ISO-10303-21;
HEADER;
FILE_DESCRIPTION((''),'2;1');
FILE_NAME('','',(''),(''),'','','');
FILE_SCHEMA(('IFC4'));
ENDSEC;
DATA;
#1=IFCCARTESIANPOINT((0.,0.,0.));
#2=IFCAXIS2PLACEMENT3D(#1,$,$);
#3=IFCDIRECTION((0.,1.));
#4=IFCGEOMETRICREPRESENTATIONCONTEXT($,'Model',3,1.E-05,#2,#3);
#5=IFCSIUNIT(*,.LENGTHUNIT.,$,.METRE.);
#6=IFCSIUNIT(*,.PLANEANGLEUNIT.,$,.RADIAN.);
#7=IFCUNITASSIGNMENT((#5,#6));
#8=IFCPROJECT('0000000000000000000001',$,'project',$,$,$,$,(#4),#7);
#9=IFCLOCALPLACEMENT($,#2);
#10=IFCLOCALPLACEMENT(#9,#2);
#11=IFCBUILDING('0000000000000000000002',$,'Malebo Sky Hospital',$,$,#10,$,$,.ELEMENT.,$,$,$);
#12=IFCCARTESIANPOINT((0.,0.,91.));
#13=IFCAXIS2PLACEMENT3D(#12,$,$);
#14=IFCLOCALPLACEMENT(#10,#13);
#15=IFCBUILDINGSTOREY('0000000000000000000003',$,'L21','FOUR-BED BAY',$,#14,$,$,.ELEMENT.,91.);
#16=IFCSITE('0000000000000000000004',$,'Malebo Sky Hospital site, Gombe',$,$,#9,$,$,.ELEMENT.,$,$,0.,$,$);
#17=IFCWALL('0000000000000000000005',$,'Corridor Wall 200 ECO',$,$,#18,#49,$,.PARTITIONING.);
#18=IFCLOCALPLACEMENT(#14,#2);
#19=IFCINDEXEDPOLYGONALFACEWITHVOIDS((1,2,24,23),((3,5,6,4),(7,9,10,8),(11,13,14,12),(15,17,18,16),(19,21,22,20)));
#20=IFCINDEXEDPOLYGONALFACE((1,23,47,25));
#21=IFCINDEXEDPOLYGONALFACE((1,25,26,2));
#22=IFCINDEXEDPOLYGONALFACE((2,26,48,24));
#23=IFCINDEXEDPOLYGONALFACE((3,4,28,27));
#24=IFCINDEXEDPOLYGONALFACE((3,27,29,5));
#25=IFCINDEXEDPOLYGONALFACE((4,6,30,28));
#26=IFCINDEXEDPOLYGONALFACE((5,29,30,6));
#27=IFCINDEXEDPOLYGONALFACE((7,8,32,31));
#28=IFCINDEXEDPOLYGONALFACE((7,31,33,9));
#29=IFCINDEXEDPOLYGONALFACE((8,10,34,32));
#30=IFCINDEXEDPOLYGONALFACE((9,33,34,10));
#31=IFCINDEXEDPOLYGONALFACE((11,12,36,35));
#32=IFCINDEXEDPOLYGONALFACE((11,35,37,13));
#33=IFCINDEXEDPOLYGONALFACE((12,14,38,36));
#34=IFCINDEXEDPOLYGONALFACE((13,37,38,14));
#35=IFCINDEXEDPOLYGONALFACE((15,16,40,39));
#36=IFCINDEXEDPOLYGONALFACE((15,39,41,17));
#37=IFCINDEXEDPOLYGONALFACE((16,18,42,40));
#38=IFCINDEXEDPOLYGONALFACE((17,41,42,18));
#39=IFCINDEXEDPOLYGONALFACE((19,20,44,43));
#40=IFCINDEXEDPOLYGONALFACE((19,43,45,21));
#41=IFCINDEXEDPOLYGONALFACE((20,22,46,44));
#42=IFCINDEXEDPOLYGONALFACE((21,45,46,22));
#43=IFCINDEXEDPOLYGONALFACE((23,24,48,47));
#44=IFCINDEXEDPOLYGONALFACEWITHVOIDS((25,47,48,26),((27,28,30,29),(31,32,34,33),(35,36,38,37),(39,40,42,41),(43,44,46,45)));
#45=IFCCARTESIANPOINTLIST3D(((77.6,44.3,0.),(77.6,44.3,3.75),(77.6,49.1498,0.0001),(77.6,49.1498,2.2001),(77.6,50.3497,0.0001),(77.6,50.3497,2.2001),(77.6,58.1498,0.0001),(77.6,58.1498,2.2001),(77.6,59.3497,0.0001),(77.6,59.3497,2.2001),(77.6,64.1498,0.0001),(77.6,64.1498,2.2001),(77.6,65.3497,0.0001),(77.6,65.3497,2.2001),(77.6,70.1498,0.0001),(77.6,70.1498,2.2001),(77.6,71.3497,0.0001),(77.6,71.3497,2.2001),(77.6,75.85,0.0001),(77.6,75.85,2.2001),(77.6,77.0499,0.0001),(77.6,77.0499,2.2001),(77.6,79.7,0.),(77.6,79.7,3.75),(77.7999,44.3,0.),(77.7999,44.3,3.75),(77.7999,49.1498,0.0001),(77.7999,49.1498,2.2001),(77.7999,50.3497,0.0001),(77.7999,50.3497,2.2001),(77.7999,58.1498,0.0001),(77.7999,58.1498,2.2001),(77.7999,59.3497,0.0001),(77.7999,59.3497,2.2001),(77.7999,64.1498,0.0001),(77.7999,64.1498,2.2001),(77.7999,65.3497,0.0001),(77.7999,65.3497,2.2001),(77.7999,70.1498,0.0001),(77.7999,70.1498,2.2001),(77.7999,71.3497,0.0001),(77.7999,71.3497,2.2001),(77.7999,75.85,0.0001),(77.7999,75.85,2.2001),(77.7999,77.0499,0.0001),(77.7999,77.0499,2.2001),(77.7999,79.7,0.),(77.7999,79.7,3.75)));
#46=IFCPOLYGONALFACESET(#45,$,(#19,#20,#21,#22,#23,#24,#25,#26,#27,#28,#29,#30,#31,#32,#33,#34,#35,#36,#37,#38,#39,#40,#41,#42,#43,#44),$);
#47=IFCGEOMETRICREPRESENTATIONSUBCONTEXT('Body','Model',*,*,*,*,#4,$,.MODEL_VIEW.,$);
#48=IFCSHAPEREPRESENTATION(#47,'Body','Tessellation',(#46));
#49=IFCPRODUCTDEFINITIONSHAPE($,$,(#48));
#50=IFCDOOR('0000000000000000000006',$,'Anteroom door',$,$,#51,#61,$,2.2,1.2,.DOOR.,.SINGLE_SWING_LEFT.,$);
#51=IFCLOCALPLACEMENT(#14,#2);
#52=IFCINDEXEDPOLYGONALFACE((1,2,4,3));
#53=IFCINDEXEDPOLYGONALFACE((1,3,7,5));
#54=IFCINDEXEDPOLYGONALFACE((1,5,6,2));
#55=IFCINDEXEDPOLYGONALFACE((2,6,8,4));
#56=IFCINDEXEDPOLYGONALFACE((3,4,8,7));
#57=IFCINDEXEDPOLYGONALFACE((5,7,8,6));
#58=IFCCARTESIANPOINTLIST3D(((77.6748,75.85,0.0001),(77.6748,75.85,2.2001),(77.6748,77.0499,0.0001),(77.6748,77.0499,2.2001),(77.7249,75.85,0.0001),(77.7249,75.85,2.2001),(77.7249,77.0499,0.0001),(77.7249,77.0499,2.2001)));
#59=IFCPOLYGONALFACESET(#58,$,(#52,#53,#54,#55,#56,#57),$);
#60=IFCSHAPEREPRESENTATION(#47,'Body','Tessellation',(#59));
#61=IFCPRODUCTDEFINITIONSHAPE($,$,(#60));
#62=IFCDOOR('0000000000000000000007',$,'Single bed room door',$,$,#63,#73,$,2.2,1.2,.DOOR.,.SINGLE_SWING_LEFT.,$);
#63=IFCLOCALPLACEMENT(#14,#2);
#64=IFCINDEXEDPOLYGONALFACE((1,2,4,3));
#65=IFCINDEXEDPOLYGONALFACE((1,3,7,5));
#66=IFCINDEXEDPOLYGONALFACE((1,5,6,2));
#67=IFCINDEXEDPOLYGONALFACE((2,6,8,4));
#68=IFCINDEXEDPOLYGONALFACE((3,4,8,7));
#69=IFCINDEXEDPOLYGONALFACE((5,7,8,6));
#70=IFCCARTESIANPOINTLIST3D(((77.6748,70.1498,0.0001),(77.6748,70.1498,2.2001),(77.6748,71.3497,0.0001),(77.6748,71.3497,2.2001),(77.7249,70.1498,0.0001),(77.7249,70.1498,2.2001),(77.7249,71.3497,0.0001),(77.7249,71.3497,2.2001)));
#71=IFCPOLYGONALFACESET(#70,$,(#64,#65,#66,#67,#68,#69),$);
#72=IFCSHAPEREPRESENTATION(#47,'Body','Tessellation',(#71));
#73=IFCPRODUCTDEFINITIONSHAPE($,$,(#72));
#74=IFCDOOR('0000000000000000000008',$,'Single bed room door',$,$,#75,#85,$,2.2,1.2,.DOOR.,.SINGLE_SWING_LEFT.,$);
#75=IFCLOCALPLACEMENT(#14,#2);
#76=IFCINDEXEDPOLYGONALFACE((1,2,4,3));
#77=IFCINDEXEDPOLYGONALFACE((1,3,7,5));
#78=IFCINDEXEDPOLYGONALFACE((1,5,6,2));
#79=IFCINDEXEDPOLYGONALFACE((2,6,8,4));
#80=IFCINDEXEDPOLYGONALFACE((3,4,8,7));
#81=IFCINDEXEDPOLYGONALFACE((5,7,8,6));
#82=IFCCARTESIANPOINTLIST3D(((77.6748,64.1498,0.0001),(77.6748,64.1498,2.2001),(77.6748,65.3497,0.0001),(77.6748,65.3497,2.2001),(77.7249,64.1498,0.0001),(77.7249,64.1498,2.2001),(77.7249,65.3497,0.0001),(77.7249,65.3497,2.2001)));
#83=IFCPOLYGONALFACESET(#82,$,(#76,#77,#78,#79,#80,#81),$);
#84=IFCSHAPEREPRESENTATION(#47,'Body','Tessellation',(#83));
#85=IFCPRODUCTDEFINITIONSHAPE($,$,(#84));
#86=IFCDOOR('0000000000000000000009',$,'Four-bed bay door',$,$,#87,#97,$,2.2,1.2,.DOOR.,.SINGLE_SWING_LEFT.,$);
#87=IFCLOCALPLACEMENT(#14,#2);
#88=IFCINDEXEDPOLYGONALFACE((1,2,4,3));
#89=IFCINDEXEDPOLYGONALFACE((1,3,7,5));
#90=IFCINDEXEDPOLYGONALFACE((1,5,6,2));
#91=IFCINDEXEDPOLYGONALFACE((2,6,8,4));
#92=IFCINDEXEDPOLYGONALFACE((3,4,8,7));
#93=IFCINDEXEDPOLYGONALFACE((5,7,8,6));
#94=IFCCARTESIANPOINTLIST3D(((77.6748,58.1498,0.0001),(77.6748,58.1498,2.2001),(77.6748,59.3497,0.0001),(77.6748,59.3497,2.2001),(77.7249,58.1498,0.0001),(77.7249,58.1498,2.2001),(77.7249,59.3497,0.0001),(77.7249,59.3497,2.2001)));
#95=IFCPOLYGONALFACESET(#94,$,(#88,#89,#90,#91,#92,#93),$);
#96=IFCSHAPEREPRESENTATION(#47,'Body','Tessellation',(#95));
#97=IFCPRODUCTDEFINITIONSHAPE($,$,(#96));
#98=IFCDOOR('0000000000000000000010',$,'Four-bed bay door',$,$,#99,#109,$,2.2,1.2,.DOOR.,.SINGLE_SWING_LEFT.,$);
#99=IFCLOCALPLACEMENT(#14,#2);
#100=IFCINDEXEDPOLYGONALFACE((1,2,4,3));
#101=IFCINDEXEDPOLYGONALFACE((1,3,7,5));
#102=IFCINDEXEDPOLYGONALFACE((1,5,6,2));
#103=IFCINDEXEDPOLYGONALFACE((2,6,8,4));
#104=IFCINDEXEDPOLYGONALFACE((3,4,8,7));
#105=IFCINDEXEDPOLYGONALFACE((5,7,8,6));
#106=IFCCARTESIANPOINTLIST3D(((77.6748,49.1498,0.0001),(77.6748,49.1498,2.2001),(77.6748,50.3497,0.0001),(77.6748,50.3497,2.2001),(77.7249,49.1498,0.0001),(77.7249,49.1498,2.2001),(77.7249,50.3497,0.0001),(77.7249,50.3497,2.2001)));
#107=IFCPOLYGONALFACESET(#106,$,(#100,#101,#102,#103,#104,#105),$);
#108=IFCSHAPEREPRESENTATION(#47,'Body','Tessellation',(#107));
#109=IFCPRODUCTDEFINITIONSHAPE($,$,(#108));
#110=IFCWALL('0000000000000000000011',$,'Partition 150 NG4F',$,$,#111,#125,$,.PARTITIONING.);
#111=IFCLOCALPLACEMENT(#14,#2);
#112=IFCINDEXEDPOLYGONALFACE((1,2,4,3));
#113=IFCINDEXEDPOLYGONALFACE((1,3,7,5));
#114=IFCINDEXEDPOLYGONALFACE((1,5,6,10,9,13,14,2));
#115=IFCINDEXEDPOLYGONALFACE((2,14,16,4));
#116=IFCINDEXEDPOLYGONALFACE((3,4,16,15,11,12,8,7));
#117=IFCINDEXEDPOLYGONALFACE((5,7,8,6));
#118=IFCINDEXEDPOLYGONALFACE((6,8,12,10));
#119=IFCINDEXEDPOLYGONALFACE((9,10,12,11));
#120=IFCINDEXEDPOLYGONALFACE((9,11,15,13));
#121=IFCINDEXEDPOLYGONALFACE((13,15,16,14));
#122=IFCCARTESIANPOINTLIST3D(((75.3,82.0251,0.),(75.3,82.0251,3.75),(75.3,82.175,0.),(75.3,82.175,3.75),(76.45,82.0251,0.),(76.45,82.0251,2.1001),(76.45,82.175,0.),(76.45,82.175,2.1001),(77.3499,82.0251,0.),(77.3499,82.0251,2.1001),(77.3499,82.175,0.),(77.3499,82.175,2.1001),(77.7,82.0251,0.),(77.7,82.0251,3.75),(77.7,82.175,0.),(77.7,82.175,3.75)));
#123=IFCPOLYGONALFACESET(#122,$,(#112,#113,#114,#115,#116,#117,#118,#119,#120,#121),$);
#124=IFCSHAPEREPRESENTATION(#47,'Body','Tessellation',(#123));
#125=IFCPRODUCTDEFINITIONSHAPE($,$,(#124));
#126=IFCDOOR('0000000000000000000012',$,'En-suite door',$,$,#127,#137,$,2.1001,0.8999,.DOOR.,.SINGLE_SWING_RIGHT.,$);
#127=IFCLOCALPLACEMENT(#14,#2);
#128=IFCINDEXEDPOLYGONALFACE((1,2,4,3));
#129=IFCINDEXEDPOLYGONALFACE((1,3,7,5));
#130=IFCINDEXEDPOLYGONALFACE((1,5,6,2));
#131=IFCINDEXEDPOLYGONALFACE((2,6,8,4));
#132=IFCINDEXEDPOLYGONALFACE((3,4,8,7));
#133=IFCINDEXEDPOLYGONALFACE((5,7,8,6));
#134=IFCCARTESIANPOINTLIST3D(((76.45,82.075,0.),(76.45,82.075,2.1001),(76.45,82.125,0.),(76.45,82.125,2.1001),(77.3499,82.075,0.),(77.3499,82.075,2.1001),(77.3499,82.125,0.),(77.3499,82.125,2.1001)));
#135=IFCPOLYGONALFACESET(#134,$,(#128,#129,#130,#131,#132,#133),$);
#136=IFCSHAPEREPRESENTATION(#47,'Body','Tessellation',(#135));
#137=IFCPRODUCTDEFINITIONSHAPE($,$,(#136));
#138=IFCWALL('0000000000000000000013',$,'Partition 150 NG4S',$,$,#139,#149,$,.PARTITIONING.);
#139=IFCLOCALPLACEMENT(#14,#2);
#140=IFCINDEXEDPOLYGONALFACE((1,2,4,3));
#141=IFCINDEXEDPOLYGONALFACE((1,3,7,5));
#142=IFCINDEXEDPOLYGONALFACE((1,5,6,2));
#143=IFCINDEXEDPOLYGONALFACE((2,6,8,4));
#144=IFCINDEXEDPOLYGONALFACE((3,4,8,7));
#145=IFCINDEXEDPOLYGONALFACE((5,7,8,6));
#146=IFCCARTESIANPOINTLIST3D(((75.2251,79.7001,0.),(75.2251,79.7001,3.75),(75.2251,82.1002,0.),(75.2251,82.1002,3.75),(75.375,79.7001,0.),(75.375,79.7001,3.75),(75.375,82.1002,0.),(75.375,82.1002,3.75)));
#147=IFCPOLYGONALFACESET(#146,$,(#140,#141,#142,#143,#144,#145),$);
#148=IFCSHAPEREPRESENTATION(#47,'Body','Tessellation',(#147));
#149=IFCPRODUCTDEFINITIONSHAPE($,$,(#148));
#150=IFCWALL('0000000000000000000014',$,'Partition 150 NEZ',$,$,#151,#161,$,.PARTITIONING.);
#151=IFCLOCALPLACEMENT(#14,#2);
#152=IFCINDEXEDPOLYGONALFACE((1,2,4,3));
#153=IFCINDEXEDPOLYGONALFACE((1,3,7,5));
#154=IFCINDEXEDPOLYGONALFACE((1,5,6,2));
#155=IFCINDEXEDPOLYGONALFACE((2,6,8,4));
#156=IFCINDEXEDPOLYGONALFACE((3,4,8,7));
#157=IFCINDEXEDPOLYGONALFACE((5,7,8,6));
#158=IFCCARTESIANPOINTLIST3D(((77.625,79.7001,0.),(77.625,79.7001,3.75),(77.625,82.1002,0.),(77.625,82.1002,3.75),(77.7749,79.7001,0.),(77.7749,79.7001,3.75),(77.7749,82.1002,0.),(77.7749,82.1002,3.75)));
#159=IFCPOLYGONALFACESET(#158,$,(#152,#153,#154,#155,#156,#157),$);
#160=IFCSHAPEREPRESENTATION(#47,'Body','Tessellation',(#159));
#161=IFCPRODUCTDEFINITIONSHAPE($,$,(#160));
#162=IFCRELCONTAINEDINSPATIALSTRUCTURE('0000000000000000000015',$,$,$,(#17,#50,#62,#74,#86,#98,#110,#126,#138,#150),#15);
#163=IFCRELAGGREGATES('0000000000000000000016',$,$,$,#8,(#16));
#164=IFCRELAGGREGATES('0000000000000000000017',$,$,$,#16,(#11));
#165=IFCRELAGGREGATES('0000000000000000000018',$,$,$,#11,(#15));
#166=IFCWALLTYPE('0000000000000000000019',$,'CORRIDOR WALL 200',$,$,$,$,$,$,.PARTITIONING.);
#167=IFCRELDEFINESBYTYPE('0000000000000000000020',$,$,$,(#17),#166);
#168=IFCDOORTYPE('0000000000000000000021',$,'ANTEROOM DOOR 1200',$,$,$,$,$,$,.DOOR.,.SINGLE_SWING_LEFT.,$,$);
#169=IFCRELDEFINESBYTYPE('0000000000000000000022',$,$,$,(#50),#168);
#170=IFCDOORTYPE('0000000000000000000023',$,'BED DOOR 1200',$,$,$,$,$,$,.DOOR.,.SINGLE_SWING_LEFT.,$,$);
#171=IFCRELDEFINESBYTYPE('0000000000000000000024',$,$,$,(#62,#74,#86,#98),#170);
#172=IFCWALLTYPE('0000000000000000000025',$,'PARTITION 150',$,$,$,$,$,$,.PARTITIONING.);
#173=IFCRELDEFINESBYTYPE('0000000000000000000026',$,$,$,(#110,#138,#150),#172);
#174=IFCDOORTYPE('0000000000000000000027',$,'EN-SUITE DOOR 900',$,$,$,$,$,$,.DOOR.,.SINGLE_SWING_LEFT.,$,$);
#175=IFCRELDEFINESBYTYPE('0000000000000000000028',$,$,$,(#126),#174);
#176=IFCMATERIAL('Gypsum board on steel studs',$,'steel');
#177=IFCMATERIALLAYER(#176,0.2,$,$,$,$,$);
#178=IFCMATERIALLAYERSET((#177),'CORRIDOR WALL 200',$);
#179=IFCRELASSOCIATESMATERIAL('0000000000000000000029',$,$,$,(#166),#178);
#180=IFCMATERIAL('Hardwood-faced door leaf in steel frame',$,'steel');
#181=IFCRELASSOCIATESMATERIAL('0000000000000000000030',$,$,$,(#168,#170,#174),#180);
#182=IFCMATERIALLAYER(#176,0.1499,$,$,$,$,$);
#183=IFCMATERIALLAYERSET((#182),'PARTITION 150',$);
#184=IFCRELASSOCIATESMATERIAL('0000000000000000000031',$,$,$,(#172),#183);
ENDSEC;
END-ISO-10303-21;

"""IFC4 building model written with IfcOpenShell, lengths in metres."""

from ifc_helpers import new_model, si_unit, direction, frame, frame_2d, origin, place, context, subcontext, project, spatial, rectangle, extrude, material, layer, layer_set, type_object, element, fill, save


model = new_model("IFC4")

# Units and contexts
model_context = context("Model", 3, precision=1e-05, world=origin(), true_north=direction((0.0, 1.0)))
body_context = subcontext(model_context, "Body", "Model", "MODEL_VIEW")
ifc_project = project(units=[si_unit("LENGTHUNIT", "METRE"), si_unit("PLANEANGLEUNIT", "RADIAN")], contexts=[model_context])

# Site, building, storey
site_placement = place(None, origin())
site = spatial("IfcSite", under=ifc_project, at=site_placement, Name="Malebo Sky Hospital site, Gombe", CompositionType="ELEMENT", RefElevation=0.0)
building_placement = place(site_placement, origin())
building = spatial("IfcBuilding", under=site, at=building_placement, Name="Malebo Sky Hospital", CompositionType="ELEMENT")
storey_placement = place(building_placement, frame((0.0, 0.0, 91.0)))
storey = spatial("IfcBuildingStorey", under=building, at=storey_placement, Name="L21", Description="FOUR-BED BAY", CompositionType="ELEMENT", Elevation=91.0)

# Wall, openings, doors
ifc_material_1 = material(Name="Gypsum board on steel studs", Category="steel")
ifc_layer_1 = layer(ifc_material_1, 0.2)
ifc_layer_set_1 = layer_set([ifc_layer_1], Name="CORRIDOR WALL 200")
wall_type_1 = type_object("IfcWallType", Name="CORRIDOR WALL 200", PredefinedType="PARTITIONING", material=ifc_layer_set_1)
wall_1_placement = place(storey_placement, frame((77.7, 79.7, 0.0), z_axis=(0.0, 0.0, 1.0), x_axis=(0.0, -1.0, 0.0)))
wall_1 = element("IfcWall", 1, at=wall_1_placement, inside=storey, type_object=wall_type_1, Name="Corridor Wall 200 ECO", PredefinedType="PARTITIONING", context=body_context, shape_type="SweptSolid", body=[
    extrude(rectangle(XDim=35.3999, YDim=0.2, at=frame_2d((17.7, 0.0))), origin(), (0.0, 0.0, 1.0), 3.75),
])
opening_1_placement = place(wall_1_placement, frame((2.6499, 0.0, 0.0)))
opening_1 = element("IfcOpeningElement", 2, at=opening_1_placement, cuts=wall_1, PredefinedType="OPENING", context=body_context, shape_type="SweptSolid", body=[
    extrude(rectangle(XDim=1.2, YDim=2.2, at=frame_2d((0.6001, 1.1001))), frame((0.0, 0.1099, 0.0), z_axis=(0.0, -1.0, 0.0), x_axis=(1.0, 0.0, 0.0)), (0.0, 0.0, 1.0), 0.22),
])
opening_2_placement = place(wall_1_placement, frame((8.3501, 0.0, 0.0)))
opening_2 = element("IfcOpeningElement", 3, at=opening_2_placement, cuts=wall_1, PredefinedType="OPENING", context=body_context, shape_type="SweptSolid", body=[
    extrude(rectangle(XDim=1.2, YDim=2.2, at=frame_2d((0.6001, 1.1001))), frame((0.0, 0.1099, 0.0), z_axis=(0.0, -1.0, 0.0), x_axis=(1.0, 0.0, 0.0)), (0.0, 0.0, 1.0), 0.22),
])
opening_3_placement = place(wall_1_placement, frame((14.3501, 0.0, 0.0)))
opening_3 = element("IfcOpeningElement", 4, at=opening_3_placement, cuts=wall_1, PredefinedType="OPENING", context=body_context, shape_type="SweptSolid", body=[
    extrude(rectangle(XDim=1.2, YDim=2.2, at=frame_2d((0.6001, 1.1001))), frame((0.0, 0.1099, 0.0), z_axis=(0.0, -1.0, 0.0), x_axis=(1.0, 0.0, 0.0)), (0.0, 0.0, 1.0), 0.22),
])
opening_4_placement = place(wall_1_placement, frame((20.3501, 0.0, 0.0)))
opening_4 = element("IfcOpeningElement", 5, at=opening_4_placement, cuts=wall_1, PredefinedType="OPENING", context=body_context, shape_type="SweptSolid", body=[
    extrude(rectangle(XDim=1.2, YDim=2.2, at=frame_2d((0.6001, 1.1001))), frame((0.0, 0.1099, 0.0), z_axis=(0.0, -1.0, 0.0), x_axis=(1.0, 0.0, 0.0)), (0.0, 0.0, 1.0), 0.22),
])
opening_5_placement = place(wall_1_placement, frame((29.3501, 0.0, 0.0)))
opening_5 = element("IfcOpeningElement", 6, at=opening_5_placement, cuts=wall_1, PredefinedType="OPENING", context=body_context, shape_type="SweptSolid", body=[
    extrude(rectangle(XDim=1.2, YDim=2.2, at=frame_2d((0.6001, 1.1001))), frame((0.0, 0.1099, 0.0), z_axis=(0.0, -1.0, 0.0), x_axis=(1.0, 0.0, 0.0)), (0.0, 0.0, 1.0), 0.22),
])
ifc_material_2 = material(Name="Hardwood-faced door leaf in steel frame", Category="steel")
door_type_1 = type_object("IfcDoorType", Name="ANTEROOM DOOR 1200", OperationType="SINGLE_SWING_LEFT", PredefinedType="DOOR", material=ifc_material_2)
door_1_placement = place(opening_1_placement, origin())
door_1 = element("IfcDoor", 7, at=door_1_placement, inside=storey, type_object=door_type_1, Name="Anteroom door", OperationType="SINGLE_SWING_LEFT", OverallHeight=2.2, OverallWidth=1.2, PredefinedType="DOOR", context=body_context, shape_type="SweptSolid", body=[
    extrude(rectangle(XDim=1.2, YDim=2.2, at=frame_2d((0.6001, 1.1001))), frame((0.0, 0.0249, 0.0), z_axis=(0.0, -1.0, 0.0), x_axis=(1.0, 0.0, 0.0)), (0.0, 0.0, 1.0), 0.05),
])
fill(opening_1, door_1)
door_type_2 = type_object("IfcDoorType", Name="BED DOOR 1200", OperationType="SINGLE_SWING_LEFT", PredefinedType="DOOR", material=ifc_material_2)
door_2_placement = place(opening_2_placement, origin())
door_2 = element("IfcDoor", 8, at=door_2_placement, inside=storey, type_object=door_type_2, Name="Single bed room door", OperationType="SINGLE_SWING_LEFT", OverallHeight=2.2, OverallWidth=1.2, PredefinedType="DOOR", context=body_context, shape_type="SweptSolid", body=[
    extrude(rectangle(XDim=1.2, YDim=2.2, at=frame_2d((0.6001, 1.1001))), frame((0.0, 0.0249, 0.0), z_axis=(0.0, -1.0, 0.0), x_axis=(1.0, 0.0, 0.0)), (0.0, 0.0, 1.0), 0.05),
])
fill(opening_2, door_2)
door_3_placement = place(opening_3_placement, origin())
door_3 = element("IfcDoor", 9, at=door_3_placement, inside=storey, type_object=door_type_2, Name="Single bed room door", OperationType="SINGLE_SWING_LEFT", OverallHeight=2.2, OverallWidth=1.2, PredefinedType="DOOR", context=body_context, shape_type="SweptSolid", body=[
    extrude(rectangle(XDim=1.2, YDim=2.2, at=frame_2d((0.6001, 1.1001))), frame((0.0, 0.0249, 0.0), z_axis=(0.0, -1.0, 0.0), x_axis=(1.0, 0.0, 0.0)), (0.0, 0.0, 1.0), 0.05),
])
fill(opening_3, door_3)
door_4_placement = place(opening_4_placement, origin())
door_4 = element("IfcDoor", 10, at=door_4_placement, inside=storey, type_object=door_type_2, Name="Four-bed bay door", OperationType="SINGLE_SWING_LEFT", OverallHeight=2.2, OverallWidth=1.2, PredefinedType="DOOR", context=body_context, shape_type="SweptSolid", body=[
    extrude(rectangle(XDim=1.2, YDim=2.2, at=frame_2d((0.6001, 1.1001))), frame((0.0, 0.0249, 0.0), z_axis=(0.0, -1.0, 0.0), x_axis=(1.0, 0.0, 0.0)), (0.0, 0.0, 1.0), 0.05),
])
fill(opening_4, door_4)
door_5_placement = place(opening_5_placement, origin())
door_5 = element("IfcDoor", 11, at=door_5_placement, inside=storey, type_object=door_type_2, Name="Four-bed bay door", OperationType="SINGLE_SWING_LEFT", OverallHeight=2.2, OverallWidth=1.2, PredefinedType="DOOR", context=body_context, shape_type="SweptSolid", body=[
    extrude(rectangle(XDim=1.2, YDim=2.2, at=frame_2d((0.6001, 1.1001))), frame((0.0, 0.0249, 0.0), z_axis=(0.0, -1.0, 0.0), x_axis=(1.0, 0.0, 0.0)), (0.0, 0.0, 1.0), 0.05),
])
fill(opening_5, door_5)

# Wall, opening, door
ifc_layer_2 = layer(ifc_material_1, 0.1499)
ifc_layer_set_2 = layer_set([ifc_layer_2], Name="PARTITION 150")
wall_type_2 = type_object("IfcWallType", Name="PARTITION 150", PredefinedType="PARTITIONING", material=ifc_layer_set_2)
wall_2_placement = place(storey_placement, frame((75.3, 82.1001, 0.0), z_axis=(0.0, 0.0, 1.0), x_axis=(1.0, 0.0, 0.0)))
wall_2 = element("IfcWall", 12, at=wall_2_placement, inside=storey, type_object=wall_type_2, Name="Partition 150 NG4F", PredefinedType="PARTITIONING", context=body_context, shape_type="SweptSolid", body=[
    extrude(rectangle(XDim=2.3999, YDim=0.1499, at=frame_2d((1.2, 0.0))), origin(), (0.0, 0.0, 1.0), 3.75),
])
opening_6_placement = place(wall_2_placement, frame((1.1499, 0.0, 0.0)))
opening_6 = element("IfcOpeningElement", 13, at=opening_6_placement, cuts=wall_2, PredefinedType="OPENING", context=body_context, shape_type="SweptSolid", body=[
    extrude(rectangle(XDim=0.8999, YDim=2.1001, at=frame_2d((0.45, 1.05))), frame((0.0, 0.085, 0.0), z_axis=(0.0, -1.0, 0.0), x_axis=(1.0, 0.0, 0.0)), (0.0, 0.0, 1.0), 0.1699),
])
door_type_3 = type_object("IfcDoorType", Name="EN-SUITE DOOR 900", OperationType="SINGLE_SWING_LEFT", PredefinedType="DOOR", material=ifc_material_2)
door_6_placement = place(opening_6_placement, origin())
door_6 = element("IfcDoor", 14, at=door_6_placement, inside=storey, type_object=door_type_3, Name="En-suite door", OperationType="SINGLE_SWING_RIGHT", OverallHeight=2.1001, OverallWidth=0.8999, PredefinedType="DOOR", context=body_context, shape_type="SweptSolid", body=[
    extrude(rectangle(XDim=0.8999, YDim=2.1001, at=frame_2d((0.45, 1.05))), frame((0.0, 0.0249, 0.0), z_axis=(0.0, -1.0, 0.0), x_axis=(1.0, 0.0, 0.0)), (0.0, 0.0, 1.0), 0.05),
])
fill(opening_6, door_6)

# Walls
for number, where, z_axis, x_axis, name in (
    (15, (75.3, 79.7, 0.0), (0.0, 0.0, 1.0), (0.0, 1.0, 0.0), "Partition 150 NG4S"),
    (16, (77.7, 79.7, 0.0), (0.0, 0.0, 1.0), (0.0, 1.0, 0.0), "Partition 150 NEZ"),
):
    element("IfcWall", number, at=place(storey_placement, frame(where, z_axis=z_axis, x_axis=x_axis)), inside=storey, type_object=wall_type_2, Name=name, PredefinedType="PARTITIONING", context=body_context, shape_type="SweptSolid", body=[
        extrude(rectangle(XDim=2.4001, YDim=0.1499, at=frame_2d((1.2002, 0.0))), origin(), (0.0, 0.0, 1.0), 3.75),
    ])

save(model, "model.ifc")
